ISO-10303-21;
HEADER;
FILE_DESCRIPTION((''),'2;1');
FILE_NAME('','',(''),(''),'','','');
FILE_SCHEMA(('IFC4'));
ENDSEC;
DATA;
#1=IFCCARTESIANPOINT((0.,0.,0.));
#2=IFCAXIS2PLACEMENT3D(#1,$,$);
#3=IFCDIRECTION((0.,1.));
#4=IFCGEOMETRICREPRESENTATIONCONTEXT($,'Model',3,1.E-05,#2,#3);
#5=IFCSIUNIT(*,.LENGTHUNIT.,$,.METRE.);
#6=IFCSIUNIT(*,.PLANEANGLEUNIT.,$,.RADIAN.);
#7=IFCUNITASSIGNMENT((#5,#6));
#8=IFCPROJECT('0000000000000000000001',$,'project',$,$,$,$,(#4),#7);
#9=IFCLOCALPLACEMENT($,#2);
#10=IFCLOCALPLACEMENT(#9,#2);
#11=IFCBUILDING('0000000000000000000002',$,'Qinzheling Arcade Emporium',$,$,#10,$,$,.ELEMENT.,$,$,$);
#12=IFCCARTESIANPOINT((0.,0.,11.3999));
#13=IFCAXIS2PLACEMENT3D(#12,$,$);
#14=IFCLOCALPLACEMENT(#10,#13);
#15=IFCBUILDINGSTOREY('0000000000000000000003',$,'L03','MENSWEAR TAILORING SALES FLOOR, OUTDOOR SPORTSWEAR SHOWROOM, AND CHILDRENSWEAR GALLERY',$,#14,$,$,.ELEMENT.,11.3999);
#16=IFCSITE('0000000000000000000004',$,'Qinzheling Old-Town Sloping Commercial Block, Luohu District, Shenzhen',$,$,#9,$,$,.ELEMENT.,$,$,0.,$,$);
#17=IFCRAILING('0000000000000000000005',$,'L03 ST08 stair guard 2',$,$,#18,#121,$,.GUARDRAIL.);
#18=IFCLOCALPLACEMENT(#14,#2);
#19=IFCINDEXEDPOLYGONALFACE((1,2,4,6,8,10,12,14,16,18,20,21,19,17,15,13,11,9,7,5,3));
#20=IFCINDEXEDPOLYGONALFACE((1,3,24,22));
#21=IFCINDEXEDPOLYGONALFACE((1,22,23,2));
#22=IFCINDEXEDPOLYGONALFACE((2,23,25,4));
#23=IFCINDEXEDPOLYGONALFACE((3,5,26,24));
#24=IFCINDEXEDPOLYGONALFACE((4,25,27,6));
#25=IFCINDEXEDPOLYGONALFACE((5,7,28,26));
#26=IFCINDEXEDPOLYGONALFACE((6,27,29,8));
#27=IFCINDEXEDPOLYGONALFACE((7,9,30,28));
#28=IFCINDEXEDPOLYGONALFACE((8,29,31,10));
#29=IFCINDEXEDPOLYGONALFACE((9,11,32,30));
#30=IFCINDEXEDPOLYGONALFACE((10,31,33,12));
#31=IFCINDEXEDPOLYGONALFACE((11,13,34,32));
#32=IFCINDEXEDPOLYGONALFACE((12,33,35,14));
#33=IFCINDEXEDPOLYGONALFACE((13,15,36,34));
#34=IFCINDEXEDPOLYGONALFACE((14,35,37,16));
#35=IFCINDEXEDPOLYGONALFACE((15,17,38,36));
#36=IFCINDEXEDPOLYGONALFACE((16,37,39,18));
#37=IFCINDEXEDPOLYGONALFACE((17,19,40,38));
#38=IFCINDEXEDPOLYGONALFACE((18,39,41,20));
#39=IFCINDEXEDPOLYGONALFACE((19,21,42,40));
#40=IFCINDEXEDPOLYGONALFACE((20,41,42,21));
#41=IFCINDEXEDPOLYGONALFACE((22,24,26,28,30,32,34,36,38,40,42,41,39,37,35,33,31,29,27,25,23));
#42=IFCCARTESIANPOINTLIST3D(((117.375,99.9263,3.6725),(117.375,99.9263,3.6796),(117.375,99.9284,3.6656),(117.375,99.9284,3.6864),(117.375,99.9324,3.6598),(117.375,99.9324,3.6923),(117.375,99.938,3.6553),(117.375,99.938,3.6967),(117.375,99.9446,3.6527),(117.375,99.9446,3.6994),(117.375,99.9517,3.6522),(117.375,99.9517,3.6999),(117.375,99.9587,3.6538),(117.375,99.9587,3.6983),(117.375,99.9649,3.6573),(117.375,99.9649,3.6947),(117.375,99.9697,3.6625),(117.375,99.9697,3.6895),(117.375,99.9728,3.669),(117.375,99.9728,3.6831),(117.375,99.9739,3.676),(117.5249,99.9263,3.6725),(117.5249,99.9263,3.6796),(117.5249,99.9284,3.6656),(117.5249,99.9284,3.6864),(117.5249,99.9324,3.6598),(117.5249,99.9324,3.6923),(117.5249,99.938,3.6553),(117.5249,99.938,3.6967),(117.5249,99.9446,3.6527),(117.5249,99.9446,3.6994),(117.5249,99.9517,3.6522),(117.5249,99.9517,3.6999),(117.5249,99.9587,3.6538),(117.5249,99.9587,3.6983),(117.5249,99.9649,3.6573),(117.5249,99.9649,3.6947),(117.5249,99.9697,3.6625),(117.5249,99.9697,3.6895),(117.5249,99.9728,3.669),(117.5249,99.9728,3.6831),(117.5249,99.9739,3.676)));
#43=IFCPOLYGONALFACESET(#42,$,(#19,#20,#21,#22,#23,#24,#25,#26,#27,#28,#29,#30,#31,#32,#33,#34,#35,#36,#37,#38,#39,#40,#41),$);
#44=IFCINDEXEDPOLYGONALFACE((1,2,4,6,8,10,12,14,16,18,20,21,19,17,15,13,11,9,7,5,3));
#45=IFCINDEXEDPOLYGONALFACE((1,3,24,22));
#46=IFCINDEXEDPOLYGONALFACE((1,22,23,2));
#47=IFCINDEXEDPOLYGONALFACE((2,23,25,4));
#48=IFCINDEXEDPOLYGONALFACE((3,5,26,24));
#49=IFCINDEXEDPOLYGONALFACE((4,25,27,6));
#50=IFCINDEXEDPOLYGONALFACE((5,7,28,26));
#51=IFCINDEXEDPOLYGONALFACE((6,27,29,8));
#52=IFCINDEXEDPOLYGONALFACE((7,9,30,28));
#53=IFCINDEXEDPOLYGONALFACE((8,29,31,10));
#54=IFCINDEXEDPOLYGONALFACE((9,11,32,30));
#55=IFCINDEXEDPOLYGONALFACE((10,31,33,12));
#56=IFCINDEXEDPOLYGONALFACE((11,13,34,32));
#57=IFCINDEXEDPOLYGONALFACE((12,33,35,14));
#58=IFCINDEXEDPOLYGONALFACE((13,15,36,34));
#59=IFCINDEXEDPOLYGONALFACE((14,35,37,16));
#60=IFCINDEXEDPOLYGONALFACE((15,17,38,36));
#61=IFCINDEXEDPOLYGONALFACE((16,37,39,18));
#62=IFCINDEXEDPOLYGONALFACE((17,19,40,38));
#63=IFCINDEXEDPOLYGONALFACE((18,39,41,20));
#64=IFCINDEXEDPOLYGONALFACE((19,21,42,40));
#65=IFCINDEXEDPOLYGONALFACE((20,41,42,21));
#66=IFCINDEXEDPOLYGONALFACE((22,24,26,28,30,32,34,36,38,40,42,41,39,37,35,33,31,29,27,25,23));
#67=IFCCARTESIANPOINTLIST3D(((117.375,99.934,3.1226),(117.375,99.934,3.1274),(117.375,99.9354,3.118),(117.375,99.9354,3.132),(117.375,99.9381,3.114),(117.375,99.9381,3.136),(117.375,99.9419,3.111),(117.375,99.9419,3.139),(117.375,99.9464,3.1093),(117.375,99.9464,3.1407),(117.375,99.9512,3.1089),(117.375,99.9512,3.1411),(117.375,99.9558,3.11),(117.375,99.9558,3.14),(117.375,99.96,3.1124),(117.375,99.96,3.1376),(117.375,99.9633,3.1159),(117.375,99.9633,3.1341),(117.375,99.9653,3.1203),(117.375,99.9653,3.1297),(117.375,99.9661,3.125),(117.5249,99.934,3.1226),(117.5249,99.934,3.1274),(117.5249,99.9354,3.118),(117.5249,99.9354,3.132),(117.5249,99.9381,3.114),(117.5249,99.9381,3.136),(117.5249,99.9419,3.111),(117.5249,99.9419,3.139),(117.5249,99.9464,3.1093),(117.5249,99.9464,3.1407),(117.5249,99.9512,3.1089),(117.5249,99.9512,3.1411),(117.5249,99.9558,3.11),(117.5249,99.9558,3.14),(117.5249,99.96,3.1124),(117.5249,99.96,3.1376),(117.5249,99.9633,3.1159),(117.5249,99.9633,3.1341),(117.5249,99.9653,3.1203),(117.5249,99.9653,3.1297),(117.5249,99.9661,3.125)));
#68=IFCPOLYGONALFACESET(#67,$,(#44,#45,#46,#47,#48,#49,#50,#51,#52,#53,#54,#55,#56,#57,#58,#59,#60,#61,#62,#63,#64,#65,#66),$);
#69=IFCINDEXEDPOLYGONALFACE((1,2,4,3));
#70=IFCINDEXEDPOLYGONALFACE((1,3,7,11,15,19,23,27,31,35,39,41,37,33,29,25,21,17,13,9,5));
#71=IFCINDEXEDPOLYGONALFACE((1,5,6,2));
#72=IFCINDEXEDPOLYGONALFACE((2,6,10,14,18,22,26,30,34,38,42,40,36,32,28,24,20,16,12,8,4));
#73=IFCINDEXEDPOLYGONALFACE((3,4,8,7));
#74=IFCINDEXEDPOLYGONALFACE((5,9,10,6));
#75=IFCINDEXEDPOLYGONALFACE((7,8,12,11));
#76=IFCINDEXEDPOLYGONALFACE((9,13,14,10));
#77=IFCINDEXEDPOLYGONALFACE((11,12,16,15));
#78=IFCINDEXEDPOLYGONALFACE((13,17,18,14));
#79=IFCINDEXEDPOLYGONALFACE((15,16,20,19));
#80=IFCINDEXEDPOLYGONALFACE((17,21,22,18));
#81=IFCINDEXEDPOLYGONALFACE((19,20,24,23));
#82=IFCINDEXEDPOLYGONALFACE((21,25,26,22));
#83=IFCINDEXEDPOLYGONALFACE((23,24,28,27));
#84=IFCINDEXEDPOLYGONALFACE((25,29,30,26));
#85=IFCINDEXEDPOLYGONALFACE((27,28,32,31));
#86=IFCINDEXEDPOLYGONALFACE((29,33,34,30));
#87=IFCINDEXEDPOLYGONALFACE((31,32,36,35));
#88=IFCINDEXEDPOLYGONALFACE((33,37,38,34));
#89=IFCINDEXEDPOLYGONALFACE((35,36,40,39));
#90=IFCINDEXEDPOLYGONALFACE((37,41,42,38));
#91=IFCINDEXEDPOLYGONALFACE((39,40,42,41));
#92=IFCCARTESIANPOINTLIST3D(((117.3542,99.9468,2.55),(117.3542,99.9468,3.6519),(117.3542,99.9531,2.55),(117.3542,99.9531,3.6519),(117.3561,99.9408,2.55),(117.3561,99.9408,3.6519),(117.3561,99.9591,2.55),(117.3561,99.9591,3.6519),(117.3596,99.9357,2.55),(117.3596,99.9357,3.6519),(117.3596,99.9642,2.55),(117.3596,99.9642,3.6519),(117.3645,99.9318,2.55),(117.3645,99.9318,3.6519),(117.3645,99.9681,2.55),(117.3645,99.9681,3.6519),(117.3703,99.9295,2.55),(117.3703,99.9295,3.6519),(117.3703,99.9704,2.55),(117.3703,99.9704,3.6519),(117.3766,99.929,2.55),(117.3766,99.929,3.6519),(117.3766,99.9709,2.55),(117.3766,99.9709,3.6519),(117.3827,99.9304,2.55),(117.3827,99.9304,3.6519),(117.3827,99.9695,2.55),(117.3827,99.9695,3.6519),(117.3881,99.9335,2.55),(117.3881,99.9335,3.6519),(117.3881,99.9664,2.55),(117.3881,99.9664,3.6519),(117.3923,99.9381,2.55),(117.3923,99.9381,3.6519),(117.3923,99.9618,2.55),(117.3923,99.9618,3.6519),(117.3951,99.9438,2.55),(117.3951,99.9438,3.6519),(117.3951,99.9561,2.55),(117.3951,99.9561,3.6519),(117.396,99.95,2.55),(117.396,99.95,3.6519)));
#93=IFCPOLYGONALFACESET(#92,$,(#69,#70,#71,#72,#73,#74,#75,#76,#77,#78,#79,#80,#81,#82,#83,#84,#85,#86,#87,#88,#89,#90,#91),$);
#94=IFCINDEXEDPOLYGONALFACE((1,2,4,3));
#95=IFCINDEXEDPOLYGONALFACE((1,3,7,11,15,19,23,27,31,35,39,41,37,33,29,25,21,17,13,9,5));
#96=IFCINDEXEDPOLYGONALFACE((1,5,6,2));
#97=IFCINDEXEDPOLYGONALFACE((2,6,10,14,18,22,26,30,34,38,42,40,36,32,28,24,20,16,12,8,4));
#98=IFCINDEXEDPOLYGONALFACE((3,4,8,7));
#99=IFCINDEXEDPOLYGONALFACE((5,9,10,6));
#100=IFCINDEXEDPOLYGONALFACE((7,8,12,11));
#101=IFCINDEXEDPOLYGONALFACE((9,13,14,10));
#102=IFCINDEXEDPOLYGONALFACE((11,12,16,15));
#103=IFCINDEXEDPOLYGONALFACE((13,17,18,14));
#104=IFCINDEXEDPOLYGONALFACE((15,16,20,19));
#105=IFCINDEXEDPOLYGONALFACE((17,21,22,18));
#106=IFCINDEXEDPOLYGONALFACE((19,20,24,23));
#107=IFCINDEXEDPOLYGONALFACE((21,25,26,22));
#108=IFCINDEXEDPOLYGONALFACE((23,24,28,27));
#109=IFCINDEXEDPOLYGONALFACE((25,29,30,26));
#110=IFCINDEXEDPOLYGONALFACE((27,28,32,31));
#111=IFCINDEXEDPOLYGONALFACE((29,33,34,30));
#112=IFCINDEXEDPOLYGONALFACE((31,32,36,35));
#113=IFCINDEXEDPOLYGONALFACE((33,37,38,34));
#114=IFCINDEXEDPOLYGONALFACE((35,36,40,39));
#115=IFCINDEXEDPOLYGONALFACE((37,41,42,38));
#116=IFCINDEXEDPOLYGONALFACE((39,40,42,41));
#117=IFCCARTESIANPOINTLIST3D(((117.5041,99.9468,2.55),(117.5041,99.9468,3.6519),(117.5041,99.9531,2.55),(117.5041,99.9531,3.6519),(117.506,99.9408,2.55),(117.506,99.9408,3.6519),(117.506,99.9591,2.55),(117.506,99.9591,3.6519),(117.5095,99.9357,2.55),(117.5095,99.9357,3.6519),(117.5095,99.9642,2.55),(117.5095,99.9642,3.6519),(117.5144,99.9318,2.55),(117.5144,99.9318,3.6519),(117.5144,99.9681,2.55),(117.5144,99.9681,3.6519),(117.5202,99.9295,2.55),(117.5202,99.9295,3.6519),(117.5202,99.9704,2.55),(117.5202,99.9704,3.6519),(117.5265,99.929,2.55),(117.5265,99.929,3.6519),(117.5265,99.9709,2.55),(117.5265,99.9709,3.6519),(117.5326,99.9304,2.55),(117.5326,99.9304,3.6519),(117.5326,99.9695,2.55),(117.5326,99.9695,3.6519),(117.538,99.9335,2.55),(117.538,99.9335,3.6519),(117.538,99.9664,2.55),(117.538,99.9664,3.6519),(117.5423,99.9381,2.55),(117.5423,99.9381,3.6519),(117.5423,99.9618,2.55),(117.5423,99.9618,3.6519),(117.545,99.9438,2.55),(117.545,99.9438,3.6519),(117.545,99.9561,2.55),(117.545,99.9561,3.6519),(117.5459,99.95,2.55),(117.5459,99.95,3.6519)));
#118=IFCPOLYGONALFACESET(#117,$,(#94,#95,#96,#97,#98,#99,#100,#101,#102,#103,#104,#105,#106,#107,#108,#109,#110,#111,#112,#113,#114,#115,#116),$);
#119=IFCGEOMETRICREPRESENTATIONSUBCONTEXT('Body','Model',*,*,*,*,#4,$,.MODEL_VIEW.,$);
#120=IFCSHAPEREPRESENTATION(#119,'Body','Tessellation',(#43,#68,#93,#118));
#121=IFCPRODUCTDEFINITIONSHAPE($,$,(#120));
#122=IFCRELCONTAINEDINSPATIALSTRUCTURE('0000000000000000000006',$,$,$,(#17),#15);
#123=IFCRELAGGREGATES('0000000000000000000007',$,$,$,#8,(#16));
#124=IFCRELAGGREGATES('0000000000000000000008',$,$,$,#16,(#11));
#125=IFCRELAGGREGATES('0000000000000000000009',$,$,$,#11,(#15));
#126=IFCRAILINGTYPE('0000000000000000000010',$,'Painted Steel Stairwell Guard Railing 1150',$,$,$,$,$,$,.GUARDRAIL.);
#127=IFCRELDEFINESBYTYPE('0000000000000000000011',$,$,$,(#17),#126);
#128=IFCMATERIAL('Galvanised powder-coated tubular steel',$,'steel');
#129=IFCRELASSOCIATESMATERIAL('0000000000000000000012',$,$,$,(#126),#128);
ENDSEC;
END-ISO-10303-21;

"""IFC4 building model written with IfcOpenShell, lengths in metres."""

from ifc_helpers import new_model, si_unit, direction, frame, origin, origin_2d, place, context, subcontext, project, spatial, circle, extrude, material, type_object, element, save


model = new_model("IFC4")

# Units and contexts
model_context = context("Model", 3, precision=1e-05, world=origin(), true_north=direction((0.0, 1.0)))
body_context = subcontext(model_context, "Body", "Model", "MODEL_VIEW")
ifc_project = project(units=[si_unit("LENGTHUNIT", "METRE"), si_unit("PLANEANGLEUNIT", "RADIAN")], contexts=[model_context])

# Site, building, storey
site_placement = place(None, origin())
site = spatial("IfcSite", under=ifc_project, at=site_placement, Name="Qinzheling Old-Town Sloping Commercial Block, Luohu District, Shenzhen", CompositionType="ELEMENT", RefElevation=0.0)
building_placement = place(site_placement, origin())
building = spatial("IfcBuilding", under=site, at=building_placement, Name="Qinzheling Arcade Emporium", CompositionType="ELEMENT")
storey_placement = place(building_placement, frame((0.0, 0.0, 11.3999)))
storey = spatial("IfcBuildingStorey", under=building, at=storey_placement, Name="L03", Description="MENSWEAR TAILORING SALES FLOOR, OUTDOOR SPORTSWEAR SHOWROOM, AND CHILDRENSWEAR GALLERY", CompositionType="ELEMENT", Elevation=11.3999)

# Railing
ifc_material_1 = material(Name="Galvanised powder-coated tubular steel", Category="steel")
railing_type_1 = type_object("IfcRailingType", Name="Painted Steel Stairwell Guard Railing 1150", PredefinedType="GUARDRAIL", material=ifc_material_1)
railing_1_placement = place(storey_placement, frame((117.375, 99.95, 2.55)))
element("IfcRailing", 1, at=railing_1_placement, inside=storey, type_object=railing_type_1, Name="L03 ST08 stair guard 2", PredefinedType="GUARDRAIL", context=body_context, shape_type="SweptSolid", body=[
    extrude(circle(Radius=0.0239, at=origin_2d()), frame((0.0, 0.0, 1.126), z_axis=(1.0, 0.0, 0.0), x_axis=(0.0, 1.0, 0.0)), (0.0, 0.0, 1.0), 0.1499),
    extrude(circle(Radius=0.0161, at=origin_2d()), frame((0.0, 0.0, 0.575), z_axis=(1.0, 0.0, 0.0), x_axis=(0.0, 1.0, 0.0)), (0.0, 0.0, 1.0), 0.1499),
    extrude(circle(Radius=0.021, at=origin_2d()), origin(), (0.0, 0.0, 1.0), 1.1018),
    extrude(circle(Radius=0.021, at=origin_2d()), frame((0.1499, 0.0, 0.0)), (0.0, 0.0, 1.0), 1.1018),
])

save(model, "model.ifc")
